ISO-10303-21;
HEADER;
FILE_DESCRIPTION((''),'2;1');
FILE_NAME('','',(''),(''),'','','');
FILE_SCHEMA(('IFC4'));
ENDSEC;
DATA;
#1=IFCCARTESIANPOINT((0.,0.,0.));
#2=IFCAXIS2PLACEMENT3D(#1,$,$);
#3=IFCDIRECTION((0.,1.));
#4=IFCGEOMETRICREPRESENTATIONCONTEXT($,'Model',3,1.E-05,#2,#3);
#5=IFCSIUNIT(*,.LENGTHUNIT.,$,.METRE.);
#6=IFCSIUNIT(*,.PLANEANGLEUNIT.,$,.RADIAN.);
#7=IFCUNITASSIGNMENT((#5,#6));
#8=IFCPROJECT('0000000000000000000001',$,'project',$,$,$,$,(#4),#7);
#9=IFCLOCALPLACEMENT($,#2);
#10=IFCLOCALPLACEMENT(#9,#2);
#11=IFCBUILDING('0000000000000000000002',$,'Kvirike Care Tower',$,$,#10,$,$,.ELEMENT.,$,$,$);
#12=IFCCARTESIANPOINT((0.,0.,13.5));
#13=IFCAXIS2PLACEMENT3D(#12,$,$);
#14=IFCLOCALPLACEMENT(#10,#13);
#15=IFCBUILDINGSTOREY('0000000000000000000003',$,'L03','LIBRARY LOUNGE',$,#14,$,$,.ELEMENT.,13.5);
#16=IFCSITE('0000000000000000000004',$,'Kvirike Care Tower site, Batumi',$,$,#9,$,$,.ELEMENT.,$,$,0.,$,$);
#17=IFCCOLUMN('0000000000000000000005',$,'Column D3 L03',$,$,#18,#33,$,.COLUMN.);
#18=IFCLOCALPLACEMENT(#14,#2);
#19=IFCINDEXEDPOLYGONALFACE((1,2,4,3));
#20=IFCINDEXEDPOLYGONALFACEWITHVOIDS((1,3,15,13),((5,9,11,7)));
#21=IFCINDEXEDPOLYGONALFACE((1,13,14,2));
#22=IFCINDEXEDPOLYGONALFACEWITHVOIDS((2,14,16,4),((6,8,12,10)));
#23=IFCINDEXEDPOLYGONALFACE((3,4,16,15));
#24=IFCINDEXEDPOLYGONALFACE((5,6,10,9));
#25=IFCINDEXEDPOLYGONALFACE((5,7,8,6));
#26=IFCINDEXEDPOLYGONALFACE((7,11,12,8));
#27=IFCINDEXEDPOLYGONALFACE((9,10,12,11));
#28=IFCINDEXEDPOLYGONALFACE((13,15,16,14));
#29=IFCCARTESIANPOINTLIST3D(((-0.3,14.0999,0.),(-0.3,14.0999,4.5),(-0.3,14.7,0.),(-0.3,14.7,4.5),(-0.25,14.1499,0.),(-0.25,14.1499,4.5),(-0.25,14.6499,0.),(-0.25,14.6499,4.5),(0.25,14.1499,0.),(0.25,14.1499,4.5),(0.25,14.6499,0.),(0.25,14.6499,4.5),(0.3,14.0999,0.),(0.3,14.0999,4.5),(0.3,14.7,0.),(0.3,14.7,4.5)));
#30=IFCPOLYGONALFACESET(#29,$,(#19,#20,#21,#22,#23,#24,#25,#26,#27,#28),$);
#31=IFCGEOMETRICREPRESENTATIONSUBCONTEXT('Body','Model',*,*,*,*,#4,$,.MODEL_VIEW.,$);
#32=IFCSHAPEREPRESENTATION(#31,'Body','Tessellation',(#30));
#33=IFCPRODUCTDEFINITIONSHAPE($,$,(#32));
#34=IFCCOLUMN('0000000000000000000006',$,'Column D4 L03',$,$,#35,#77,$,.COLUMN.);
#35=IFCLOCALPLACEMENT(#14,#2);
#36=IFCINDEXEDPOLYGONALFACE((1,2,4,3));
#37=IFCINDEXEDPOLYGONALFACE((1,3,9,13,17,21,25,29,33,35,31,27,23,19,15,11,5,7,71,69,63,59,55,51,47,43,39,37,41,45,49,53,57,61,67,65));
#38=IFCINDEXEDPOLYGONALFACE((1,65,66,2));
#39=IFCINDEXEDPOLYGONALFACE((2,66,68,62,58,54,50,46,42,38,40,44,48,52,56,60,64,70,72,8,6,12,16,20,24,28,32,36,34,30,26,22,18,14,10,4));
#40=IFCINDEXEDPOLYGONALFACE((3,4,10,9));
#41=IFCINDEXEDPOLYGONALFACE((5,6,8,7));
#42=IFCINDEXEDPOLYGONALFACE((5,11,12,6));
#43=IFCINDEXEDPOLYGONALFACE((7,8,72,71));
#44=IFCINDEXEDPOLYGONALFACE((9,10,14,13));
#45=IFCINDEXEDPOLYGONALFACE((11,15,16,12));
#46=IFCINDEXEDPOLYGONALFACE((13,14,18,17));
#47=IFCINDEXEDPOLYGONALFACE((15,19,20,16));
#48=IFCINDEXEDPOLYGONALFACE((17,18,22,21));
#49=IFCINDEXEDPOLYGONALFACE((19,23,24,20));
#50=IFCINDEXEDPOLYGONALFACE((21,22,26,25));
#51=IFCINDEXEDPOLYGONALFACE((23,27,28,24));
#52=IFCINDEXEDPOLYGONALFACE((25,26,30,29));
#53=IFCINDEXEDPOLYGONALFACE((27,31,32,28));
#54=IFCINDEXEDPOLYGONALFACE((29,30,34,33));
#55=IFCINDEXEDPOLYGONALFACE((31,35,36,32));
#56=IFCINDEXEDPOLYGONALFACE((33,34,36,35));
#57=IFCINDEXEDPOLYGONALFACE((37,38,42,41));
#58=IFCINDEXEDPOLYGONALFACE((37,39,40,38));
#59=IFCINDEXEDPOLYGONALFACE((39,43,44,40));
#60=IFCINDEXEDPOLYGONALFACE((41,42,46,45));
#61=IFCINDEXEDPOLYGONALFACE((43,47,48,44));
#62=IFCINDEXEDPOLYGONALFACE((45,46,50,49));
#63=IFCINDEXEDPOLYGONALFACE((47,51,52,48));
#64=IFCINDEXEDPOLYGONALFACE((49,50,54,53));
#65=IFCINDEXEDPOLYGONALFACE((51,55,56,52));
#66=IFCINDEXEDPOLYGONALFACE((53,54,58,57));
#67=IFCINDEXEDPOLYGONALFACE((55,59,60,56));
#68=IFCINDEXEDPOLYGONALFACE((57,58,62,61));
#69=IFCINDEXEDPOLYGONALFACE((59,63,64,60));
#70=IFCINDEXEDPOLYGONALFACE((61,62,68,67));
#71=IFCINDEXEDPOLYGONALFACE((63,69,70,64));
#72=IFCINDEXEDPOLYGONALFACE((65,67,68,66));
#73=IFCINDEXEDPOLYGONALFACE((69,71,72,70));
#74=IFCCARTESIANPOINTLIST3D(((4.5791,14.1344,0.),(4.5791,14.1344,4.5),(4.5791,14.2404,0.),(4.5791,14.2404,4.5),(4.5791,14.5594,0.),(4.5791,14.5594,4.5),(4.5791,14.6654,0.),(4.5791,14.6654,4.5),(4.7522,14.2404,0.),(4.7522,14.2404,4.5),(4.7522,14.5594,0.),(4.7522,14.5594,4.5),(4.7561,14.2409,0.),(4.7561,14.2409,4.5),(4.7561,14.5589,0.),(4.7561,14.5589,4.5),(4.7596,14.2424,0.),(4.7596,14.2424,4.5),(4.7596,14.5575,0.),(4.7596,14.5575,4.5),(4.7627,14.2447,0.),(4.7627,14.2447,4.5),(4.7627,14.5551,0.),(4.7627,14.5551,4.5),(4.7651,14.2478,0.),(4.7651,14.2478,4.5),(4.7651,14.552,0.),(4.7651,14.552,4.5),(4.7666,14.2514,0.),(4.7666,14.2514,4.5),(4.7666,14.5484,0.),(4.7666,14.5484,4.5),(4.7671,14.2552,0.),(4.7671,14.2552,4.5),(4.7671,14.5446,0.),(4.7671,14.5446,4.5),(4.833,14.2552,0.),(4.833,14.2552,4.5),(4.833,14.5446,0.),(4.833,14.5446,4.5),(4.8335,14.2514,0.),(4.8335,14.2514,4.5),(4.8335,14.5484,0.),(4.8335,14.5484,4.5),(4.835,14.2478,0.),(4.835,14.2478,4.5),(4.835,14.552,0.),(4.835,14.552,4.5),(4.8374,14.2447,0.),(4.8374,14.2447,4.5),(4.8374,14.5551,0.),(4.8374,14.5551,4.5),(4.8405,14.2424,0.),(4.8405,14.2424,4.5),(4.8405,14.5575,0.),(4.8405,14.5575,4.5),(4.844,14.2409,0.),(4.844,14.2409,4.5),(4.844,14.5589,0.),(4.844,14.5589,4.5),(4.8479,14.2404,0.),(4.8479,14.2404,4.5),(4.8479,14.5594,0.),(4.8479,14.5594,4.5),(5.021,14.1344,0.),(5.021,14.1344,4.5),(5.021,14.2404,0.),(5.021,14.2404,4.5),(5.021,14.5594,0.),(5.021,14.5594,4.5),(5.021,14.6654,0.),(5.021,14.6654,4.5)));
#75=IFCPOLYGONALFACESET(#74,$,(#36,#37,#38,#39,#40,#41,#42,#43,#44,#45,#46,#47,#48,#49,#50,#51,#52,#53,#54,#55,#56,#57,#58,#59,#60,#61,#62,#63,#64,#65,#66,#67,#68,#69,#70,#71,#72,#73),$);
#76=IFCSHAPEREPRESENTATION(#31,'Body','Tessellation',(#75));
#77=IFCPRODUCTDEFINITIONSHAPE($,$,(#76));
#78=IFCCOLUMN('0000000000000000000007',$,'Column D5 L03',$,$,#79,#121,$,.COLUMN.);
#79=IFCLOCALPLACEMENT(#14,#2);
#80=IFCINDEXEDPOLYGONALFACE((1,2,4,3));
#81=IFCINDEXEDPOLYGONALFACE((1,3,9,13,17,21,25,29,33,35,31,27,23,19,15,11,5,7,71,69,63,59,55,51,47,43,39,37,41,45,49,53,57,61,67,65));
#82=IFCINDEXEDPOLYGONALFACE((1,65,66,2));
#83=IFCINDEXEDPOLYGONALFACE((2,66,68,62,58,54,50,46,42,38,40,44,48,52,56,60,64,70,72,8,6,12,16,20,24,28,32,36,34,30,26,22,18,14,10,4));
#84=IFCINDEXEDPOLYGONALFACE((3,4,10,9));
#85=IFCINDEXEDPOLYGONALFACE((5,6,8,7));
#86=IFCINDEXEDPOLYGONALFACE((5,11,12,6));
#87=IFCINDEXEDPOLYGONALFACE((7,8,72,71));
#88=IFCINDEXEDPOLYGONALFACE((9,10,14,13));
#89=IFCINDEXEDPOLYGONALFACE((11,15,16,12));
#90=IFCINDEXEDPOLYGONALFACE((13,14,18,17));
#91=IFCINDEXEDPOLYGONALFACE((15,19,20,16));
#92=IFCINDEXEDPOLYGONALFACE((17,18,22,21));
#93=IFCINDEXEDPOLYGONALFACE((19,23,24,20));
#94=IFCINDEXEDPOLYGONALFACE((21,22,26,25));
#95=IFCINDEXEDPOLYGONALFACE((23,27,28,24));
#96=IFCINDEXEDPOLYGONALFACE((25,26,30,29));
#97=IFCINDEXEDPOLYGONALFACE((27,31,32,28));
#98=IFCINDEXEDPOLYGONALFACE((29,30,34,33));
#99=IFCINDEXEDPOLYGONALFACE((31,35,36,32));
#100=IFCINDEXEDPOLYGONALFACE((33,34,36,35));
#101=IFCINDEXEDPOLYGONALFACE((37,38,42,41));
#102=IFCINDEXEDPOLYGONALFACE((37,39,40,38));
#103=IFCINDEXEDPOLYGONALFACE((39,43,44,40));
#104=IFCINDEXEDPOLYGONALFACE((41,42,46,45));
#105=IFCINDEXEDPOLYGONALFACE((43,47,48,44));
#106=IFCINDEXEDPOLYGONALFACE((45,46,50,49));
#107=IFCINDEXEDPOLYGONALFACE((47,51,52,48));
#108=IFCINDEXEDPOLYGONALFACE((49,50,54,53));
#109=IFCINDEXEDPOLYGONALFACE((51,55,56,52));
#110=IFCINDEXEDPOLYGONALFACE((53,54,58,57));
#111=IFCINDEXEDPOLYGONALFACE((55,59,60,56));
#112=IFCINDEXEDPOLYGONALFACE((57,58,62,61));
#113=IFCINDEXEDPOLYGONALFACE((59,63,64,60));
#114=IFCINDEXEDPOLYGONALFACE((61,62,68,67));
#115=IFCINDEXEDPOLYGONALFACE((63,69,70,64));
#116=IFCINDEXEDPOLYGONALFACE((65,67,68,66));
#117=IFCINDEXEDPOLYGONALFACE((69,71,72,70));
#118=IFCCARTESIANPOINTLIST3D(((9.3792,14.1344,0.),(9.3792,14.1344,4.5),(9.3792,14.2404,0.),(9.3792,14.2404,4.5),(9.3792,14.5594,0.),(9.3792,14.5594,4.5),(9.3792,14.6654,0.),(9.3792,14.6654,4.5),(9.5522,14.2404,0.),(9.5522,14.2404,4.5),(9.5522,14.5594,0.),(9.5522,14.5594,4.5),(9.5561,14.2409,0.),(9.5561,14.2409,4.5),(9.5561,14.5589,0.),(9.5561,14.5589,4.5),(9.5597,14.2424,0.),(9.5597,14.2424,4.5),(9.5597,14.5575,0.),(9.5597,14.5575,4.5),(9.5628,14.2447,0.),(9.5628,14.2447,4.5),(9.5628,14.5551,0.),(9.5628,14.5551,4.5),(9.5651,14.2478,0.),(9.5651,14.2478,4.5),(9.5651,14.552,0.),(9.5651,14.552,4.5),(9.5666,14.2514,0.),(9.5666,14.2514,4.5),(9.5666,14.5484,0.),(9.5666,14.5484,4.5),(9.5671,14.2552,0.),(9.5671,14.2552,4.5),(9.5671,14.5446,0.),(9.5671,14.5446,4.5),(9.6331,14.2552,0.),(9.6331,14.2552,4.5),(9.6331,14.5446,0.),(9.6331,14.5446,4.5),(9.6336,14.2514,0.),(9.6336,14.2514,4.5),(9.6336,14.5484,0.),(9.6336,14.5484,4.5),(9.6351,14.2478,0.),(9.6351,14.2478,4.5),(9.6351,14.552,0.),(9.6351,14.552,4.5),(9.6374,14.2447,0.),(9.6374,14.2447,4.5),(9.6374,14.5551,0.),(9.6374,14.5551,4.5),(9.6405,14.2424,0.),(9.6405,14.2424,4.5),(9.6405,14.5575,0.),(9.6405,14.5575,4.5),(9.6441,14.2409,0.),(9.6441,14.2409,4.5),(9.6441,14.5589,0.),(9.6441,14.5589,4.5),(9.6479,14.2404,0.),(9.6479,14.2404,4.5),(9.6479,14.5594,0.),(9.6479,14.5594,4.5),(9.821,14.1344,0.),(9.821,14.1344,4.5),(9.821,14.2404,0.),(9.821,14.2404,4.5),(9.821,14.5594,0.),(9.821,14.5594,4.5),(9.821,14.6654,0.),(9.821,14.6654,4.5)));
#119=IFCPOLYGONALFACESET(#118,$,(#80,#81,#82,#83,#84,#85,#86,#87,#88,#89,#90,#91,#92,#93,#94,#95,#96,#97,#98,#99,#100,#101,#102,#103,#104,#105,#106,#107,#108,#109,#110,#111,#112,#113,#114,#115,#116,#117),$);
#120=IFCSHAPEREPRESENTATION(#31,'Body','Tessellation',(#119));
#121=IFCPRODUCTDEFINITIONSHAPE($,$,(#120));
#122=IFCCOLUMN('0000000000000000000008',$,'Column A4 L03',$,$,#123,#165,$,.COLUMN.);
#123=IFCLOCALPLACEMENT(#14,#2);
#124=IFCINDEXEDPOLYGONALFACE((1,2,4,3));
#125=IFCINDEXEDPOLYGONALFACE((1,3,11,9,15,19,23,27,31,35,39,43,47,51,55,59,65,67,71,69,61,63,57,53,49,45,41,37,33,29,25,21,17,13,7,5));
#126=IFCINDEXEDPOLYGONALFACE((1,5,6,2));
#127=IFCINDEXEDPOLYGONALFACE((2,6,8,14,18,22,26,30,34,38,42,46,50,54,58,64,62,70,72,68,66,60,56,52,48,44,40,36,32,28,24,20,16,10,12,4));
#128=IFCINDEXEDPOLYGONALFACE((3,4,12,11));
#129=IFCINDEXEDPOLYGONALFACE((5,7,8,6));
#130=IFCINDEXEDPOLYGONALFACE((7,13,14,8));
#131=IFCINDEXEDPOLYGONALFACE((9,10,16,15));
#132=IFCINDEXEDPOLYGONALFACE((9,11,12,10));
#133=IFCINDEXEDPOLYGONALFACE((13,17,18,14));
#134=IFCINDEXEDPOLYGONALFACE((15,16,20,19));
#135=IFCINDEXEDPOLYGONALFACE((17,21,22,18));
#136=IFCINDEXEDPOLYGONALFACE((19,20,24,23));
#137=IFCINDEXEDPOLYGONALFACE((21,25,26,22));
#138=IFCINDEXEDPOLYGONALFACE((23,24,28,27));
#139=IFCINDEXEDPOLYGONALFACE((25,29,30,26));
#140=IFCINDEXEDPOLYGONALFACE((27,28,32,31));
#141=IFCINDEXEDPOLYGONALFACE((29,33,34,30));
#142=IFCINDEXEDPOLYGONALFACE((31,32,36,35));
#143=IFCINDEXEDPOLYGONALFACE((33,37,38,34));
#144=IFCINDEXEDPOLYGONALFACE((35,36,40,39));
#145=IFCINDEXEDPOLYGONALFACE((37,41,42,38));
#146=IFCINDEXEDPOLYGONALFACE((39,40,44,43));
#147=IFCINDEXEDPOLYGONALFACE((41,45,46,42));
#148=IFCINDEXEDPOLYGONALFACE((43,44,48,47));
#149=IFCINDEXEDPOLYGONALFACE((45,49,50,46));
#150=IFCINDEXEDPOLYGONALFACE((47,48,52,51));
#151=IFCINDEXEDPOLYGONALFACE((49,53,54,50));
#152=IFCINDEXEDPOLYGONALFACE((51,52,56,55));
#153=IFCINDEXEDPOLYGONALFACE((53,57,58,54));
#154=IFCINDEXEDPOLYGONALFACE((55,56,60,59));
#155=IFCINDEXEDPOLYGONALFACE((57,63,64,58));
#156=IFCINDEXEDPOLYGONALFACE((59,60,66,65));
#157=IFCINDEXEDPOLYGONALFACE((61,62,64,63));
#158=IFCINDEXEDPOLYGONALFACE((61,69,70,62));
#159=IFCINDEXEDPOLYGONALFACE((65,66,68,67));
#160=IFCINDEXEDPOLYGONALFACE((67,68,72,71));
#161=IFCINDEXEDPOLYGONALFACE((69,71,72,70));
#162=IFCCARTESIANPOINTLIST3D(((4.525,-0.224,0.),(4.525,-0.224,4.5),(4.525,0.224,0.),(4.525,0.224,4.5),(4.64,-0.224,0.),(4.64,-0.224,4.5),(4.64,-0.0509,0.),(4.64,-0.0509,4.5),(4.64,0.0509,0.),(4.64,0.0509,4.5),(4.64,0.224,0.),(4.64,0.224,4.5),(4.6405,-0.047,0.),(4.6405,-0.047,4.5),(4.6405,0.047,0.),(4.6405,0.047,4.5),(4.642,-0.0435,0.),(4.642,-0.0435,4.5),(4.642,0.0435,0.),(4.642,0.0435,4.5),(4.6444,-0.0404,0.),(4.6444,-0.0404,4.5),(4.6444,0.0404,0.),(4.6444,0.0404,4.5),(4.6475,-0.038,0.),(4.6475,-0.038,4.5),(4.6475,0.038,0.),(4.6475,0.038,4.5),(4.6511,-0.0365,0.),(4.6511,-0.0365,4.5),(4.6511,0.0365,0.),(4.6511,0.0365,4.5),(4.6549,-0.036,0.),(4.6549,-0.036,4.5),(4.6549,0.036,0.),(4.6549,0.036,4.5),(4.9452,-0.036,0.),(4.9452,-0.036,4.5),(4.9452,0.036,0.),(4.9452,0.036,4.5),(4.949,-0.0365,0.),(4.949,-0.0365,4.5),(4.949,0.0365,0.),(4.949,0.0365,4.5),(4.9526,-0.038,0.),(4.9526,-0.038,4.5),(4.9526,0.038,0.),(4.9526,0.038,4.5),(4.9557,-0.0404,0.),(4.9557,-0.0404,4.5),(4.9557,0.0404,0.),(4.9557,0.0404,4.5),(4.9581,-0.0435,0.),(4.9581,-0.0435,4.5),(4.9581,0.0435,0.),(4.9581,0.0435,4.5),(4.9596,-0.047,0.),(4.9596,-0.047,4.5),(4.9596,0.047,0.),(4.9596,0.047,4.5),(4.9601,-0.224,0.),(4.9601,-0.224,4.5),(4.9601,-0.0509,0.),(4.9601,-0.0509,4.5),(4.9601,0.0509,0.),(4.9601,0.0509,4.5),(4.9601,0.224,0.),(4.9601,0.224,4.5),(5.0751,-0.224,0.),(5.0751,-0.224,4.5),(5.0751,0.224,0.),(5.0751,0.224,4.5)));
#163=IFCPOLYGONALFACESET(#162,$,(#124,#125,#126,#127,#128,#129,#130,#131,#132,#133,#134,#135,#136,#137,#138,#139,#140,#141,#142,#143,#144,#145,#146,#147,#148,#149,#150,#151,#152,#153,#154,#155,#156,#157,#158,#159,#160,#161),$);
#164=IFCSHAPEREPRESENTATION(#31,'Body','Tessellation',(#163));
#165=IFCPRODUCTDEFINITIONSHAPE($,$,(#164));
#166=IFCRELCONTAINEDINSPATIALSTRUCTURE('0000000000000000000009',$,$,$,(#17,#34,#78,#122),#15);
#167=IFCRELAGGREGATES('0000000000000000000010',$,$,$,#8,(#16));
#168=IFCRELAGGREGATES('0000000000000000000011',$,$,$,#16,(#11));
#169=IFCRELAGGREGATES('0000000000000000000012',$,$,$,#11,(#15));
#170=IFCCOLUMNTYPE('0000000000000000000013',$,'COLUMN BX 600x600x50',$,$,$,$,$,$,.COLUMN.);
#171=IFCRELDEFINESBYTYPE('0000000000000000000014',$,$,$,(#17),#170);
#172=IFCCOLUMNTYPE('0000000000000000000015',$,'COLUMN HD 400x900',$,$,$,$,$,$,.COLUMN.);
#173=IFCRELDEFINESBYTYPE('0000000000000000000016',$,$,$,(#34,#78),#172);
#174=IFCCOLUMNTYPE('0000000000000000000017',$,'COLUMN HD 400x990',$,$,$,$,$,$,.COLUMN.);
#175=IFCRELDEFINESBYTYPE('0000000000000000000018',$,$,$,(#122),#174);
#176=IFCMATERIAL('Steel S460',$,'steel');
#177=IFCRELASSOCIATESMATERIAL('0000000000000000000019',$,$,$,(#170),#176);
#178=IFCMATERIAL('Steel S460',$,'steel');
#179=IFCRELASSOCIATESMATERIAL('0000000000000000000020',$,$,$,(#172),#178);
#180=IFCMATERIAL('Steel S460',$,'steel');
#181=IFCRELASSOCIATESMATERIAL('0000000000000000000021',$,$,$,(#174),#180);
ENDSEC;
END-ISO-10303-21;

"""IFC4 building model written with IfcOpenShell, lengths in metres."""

from ifc_helpers import new_model, si_unit, direction, frame, origin, origin_2d, place, context, subcontext, project, spatial, hollow_rectangle, i_section, extrude, material, material_profile, profile_set, type_object, element, save


model = new_model("IFC4")

# Units and contexts
model_context = context("Model", 3, precision=1e-05, world=origin(), true_north=direction((0.0, 1.0)))
body_context = subcontext(model_context, "Body", "Model", "MODEL_VIEW")
ifc_project = project(units=[si_unit("LENGTHUNIT", "METRE"), si_unit("PLANEANGLEUNIT", "RADIAN")], contexts=[model_context])

# Site, building, storey
site_placement = place(None, origin())
site = spatial("IfcSite", under=ifc_project, at=site_placement, Name="Kvirike Care Tower site, Batumi", CompositionType="ELEMENT", RefElevation=0.0)
building_placement = place(site_placement, origin())
building = spatial("IfcBuilding", under=site, at=building_placement, Name="Kvirike Care Tower", CompositionType="ELEMENT")
storey_placement = place(building_placement, frame((0.0, 0.0, 13.5)))
storey = spatial("IfcBuildingStorey", under=building, at=storey_placement, Name="L03", Description="LIBRARY LOUNGE", CompositionType="ELEMENT", Elevation=13.5)

# Columns
ifc_material_1 = material(Name="Steel S460", Category="steel")
ifc_material_profile_1 = material_profile(ifc_material_1, hollow_rectangle(XDim=0.6001, YDim=0.6001, WallThickness=0.05, at=origin_2d()), Name="BX 600x600x50")
ifc_profile_set_1 = profile_set([ifc_material_profile_1], Name="Steel S460")
column_type_1 = type_object("IfcColumnType", Name="COLUMN BX 600x600x50", PredefinedType="COLUMN", material=ifc_profile_set_1)
column_placement = place(storey_placement, frame((0.0, 14.3999, 0.0), z_axis=(0.0, 0.0, 1.0), x_axis=(0.0, 1.0, 0.0)))
element("IfcColumn", 1, at=column_placement, inside=storey, type_object=column_type_1, Name="Column D3 L03", PredefinedType="COLUMN", context=body_context, shape_type="SweptSolid", body=[
    extrude(hollow_rectangle(XDim=0.6001, YDim=0.6001, WallThickness=0.05, at=origin_2d()), origin(), (0.0, 0.0, 1.0), 4.5),
])
ifc_material_2 = material(Name="Steel S460", Category="steel")
ifc_material_profile_2 = material_profile(ifc_material_2, i_section(OverallWidth=0.4419, OverallDepth=0.531, WebThickness=0.0659, FlangeThickness=0.106, FilletRadius=0.0149, at=origin_2d()), Name="HD 400x900")
ifc_profile_set_2 = profile_set([ifc_material_profile_2], Name="Steel S460")
column_type_2 = type_object("IfcColumnType", Name="COLUMN HD 400x900", PredefinedType="COLUMN", material=ifc_profile_set_2)
for number, where, z_axis, x_axis, name in (
    (2, (4.8, 14.3999, 0.0), (0.0, 0.0, 1.0), (1.0, 0.0, 0.0), "Column D4 L03"),
    (3, (9.6001, 14.3999, 0.0), (0.0, 0.0, 1.0), (1.0, 0.0, 0.0), "Column D5 L03"),
):
    element("IfcColumn", number, at=place(storey_placement, frame(where, z_axis=z_axis, x_axis=x_axis)), inside=storey, type_object=column_type_2, Name=name, PredefinedType="COLUMN", context=body_context, shape_type="SweptSolid", body=[
        extrude(i_section(OverallWidth=0.4419, OverallDepth=0.531, WebThickness=0.0659, FlangeThickness=0.106, FilletRadius=0.0149, at=origin_2d()), origin(), (0.0, 0.0, 1.0), 4.5),
    ])
ifc_material_3 = material(Name="Steel S460", Category="steel")
ifc_material_profile_3 = material_profile(ifc_material_3, i_section(OverallWidth=0.448, OverallDepth=0.55, WebThickness=0.072, FlangeThickness=0.115, FilletRadius=0.0149, at=origin_2d()), Name="HD 400x990")
ifc_profile_set_3 = profile_set([ifc_material_profile_3], Name="Steel S460")
column_type_3 = type_object("IfcColumnType", Name="COLUMN HD 400x990", PredefinedType="COLUMN", material=ifc_profile_set_3)
for number, where, z_axis, x_axis, name in (
    (4, (4.8, 0.0, 0.0), (0.0, 0.0, 1.0), (0.0, 1.0, 0.0), "Column A4 L03"),
):
    element("IfcColumn", number, at=place(storey_placement, frame(where, z_axis=z_axis, x_axis=x_axis)), inside=storey, type_object=column_type_3, Name=name, PredefinedType="COLUMN", context=body_context, shape_type="SweptSolid", body=[
        extrude(i_section(OverallWidth=0.448, OverallDepth=0.55, WebThickness=0.072, FlangeThickness=0.115, FilletRadius=0.0149, at=origin_2d()), origin(), (0.0, 0.0, 1.0), 4.5),
    ])

save(model, "model.ifc")
